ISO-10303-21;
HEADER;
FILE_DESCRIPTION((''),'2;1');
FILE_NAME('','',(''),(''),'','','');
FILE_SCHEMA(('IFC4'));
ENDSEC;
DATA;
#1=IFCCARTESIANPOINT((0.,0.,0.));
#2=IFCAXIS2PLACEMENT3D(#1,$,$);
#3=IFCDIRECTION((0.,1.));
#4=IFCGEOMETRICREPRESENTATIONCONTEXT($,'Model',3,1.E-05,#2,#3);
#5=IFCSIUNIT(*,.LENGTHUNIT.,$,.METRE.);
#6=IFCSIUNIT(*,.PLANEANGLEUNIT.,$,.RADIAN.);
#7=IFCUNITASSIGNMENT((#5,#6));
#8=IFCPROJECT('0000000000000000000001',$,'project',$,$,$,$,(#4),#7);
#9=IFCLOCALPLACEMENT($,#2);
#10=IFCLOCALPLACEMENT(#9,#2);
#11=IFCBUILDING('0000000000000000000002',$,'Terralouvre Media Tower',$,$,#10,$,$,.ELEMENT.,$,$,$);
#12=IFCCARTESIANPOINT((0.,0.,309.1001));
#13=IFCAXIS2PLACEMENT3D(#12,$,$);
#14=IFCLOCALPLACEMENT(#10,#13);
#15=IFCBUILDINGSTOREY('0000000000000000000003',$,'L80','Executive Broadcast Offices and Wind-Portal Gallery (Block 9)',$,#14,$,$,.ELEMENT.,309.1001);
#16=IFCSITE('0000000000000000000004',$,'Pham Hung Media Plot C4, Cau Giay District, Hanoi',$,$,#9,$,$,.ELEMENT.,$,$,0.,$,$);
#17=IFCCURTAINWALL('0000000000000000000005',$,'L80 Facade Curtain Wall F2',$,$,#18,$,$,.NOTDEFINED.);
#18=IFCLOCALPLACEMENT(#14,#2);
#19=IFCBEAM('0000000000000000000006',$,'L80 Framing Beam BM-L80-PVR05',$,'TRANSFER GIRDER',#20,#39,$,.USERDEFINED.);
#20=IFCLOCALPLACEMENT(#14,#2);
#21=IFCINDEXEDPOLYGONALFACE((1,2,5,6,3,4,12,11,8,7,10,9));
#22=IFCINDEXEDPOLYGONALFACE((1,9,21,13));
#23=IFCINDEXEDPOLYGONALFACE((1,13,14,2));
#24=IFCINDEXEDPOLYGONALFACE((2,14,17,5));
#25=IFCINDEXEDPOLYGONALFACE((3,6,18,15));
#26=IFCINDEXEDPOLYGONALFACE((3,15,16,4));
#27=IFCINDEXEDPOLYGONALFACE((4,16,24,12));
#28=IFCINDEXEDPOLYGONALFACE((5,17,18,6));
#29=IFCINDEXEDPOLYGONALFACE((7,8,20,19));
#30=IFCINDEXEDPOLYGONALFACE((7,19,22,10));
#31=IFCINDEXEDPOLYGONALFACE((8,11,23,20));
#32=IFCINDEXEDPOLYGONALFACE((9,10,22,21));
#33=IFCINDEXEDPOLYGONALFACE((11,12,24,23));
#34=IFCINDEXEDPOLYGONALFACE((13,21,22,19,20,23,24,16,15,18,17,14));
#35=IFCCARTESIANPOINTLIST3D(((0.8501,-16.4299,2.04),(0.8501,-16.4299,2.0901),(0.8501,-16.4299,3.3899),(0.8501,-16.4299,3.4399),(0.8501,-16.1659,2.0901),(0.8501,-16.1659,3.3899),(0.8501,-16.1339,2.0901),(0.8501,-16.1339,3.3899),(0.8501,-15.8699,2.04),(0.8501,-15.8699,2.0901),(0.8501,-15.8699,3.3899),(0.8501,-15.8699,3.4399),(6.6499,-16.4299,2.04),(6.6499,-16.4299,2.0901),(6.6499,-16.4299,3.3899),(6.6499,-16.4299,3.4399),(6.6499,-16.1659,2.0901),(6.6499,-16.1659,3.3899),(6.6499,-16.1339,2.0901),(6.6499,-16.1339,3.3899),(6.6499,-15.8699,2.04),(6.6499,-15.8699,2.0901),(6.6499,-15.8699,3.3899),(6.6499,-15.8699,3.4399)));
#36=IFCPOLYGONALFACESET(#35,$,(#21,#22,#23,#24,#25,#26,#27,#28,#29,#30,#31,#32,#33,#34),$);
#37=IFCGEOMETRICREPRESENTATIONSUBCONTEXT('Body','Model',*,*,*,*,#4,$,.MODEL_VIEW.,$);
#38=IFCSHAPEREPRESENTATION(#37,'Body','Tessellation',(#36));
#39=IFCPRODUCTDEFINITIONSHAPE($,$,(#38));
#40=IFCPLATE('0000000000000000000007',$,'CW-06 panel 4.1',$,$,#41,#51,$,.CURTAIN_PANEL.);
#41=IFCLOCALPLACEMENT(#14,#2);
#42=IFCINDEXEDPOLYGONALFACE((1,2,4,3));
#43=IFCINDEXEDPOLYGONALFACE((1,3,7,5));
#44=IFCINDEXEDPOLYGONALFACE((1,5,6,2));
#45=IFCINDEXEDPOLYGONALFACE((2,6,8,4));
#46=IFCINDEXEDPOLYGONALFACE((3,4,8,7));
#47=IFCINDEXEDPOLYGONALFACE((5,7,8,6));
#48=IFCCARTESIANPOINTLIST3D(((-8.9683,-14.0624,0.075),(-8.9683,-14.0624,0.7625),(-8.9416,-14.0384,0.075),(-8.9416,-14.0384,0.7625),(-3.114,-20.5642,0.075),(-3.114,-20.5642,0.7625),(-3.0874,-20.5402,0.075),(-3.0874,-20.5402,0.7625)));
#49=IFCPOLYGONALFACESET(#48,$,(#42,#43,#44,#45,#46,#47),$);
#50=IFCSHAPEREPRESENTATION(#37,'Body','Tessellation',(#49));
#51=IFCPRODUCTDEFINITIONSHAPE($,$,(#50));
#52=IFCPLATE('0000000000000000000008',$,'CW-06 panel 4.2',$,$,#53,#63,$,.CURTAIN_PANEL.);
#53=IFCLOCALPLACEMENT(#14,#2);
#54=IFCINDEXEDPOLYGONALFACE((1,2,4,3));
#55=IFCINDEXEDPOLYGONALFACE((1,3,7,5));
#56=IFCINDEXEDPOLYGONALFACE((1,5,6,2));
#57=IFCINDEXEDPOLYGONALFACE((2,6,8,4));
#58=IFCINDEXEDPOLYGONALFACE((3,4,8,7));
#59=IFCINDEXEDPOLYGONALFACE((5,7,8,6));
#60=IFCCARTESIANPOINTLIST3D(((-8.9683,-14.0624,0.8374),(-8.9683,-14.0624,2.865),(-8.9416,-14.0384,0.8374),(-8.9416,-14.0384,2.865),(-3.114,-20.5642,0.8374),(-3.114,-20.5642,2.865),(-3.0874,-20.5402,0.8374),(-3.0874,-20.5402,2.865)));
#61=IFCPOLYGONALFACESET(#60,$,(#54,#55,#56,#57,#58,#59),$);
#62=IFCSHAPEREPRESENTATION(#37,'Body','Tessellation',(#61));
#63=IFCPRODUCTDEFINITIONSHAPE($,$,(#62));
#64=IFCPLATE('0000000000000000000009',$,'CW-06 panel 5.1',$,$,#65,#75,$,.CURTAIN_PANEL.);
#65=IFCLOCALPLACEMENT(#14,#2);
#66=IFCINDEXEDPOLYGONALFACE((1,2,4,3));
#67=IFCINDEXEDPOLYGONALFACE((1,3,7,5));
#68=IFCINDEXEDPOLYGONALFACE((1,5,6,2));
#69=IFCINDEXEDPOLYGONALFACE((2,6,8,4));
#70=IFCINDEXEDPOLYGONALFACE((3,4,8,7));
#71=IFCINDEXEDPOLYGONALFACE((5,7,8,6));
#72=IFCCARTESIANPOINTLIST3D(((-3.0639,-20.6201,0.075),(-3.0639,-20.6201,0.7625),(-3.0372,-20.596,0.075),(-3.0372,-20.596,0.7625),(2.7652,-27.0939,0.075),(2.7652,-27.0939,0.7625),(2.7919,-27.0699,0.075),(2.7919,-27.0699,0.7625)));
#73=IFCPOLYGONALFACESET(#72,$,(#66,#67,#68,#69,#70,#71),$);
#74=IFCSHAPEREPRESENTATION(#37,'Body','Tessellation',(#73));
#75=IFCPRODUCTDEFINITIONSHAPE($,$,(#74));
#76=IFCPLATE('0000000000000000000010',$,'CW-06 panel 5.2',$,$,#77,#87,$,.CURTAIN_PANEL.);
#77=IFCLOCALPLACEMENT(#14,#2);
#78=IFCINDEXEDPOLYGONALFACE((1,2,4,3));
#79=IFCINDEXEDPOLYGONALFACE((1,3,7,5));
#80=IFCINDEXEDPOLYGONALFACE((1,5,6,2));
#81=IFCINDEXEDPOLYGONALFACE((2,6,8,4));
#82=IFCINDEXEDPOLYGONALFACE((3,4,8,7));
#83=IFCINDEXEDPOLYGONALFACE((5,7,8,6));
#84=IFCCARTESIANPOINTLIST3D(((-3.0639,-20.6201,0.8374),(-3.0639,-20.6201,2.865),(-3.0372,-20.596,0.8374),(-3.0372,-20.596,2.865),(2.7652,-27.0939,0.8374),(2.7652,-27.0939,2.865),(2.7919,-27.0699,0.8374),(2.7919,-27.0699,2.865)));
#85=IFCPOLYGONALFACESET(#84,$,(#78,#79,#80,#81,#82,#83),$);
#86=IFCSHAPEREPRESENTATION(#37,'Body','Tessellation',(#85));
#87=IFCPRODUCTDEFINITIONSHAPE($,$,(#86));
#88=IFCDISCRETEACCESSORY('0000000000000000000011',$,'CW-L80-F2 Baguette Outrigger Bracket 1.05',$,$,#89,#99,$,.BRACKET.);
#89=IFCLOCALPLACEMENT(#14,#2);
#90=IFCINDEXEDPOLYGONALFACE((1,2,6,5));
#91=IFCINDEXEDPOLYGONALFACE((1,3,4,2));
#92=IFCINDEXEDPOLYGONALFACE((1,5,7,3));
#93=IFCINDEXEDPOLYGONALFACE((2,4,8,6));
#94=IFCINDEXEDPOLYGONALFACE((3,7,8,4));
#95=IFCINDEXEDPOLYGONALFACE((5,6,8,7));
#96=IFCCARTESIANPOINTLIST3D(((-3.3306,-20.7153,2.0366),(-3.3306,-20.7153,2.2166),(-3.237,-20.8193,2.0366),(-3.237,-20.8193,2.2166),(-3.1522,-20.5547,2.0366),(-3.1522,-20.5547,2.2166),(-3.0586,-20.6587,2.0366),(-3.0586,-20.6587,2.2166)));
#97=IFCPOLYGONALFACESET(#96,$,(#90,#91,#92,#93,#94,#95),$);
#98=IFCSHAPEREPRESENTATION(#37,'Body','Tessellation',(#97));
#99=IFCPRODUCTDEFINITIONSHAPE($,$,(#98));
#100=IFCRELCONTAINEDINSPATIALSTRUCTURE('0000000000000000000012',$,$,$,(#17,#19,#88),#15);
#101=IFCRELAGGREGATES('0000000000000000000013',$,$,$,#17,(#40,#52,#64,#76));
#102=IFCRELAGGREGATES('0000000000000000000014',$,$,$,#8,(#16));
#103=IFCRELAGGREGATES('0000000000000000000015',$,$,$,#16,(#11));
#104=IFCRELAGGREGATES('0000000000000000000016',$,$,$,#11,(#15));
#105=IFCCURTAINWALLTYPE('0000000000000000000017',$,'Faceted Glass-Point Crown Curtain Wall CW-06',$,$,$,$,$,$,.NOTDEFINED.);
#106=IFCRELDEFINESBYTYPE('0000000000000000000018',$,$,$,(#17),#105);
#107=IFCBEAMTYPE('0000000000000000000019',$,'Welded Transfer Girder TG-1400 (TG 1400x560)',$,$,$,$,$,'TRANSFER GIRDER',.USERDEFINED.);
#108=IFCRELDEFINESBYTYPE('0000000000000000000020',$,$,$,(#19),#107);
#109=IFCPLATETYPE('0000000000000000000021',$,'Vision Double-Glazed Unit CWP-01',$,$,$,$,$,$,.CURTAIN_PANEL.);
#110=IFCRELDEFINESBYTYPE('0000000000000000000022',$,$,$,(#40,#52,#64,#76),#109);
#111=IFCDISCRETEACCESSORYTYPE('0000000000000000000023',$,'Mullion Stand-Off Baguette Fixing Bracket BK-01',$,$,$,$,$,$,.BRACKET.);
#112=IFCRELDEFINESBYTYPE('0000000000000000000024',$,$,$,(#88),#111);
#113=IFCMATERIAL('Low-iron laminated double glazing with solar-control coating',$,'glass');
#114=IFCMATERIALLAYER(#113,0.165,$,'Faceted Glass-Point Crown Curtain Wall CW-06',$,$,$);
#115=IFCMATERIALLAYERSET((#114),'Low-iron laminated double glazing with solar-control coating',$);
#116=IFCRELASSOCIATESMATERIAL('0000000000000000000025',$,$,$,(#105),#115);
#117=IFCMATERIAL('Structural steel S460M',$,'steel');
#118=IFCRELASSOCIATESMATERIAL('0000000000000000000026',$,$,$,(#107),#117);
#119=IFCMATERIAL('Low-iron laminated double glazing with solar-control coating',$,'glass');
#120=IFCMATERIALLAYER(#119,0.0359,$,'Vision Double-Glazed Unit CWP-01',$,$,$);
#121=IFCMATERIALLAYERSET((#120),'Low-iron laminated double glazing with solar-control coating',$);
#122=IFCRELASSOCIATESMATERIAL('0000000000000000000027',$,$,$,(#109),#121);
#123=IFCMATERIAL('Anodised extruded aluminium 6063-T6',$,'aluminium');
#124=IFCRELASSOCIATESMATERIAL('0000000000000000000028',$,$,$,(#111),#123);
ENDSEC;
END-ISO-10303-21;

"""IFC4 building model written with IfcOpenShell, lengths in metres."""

from ifc_helpers import new_model, si_unit, direction, frame, origin, origin_2d, place, context, subcontext, project, spatial, rectangle, i_section, extrude, material, layer, layer_set, material_profile, profile_set, type_object, element, aggregate, save


model = new_model("IFC4")

# Units and contexts
model_context = context("Model", 3, precision=1e-05, world=origin(), true_north=direction((0.0, 1.0)))
body_context = subcontext(model_context, "Body", "Model", "MODEL_VIEW")
ifc_project = project(units=[si_unit("LENGTHUNIT", "METRE"), si_unit("PLANEANGLEUNIT", "RADIAN")], contexts=[model_context])

# Site, building, storey
site_placement = place(None, origin())
site = spatial("IfcSite", under=ifc_project, at=site_placement, Name="Pham Hung Media Plot C4, Cau Giay District, Hanoi", CompositionType="ELEMENT", RefElevation=0.0)
building_placement = place(site_placement, origin())
building = spatial("IfcBuilding", under=site, at=building_placement, Name="Terralouvre Media Tower", CompositionType="ELEMENT")
storey_placement = place(building_placement, frame((0.0, 0.0, 309.1001)))
storey = spatial("IfcBuildingStorey", under=building, at=storey_placement, Name="L80", Description="Executive Broadcast Offices and Wind-Portal Gallery (Block 9)", CompositionType="ELEMENT", Elevation=309.1001)

# Curtain wall
ifc_material_1 = material(Name="Low-iron laminated double glazing with solar-control coating", Category="glass")
ifc_layer_1 = layer(ifc_material_1, 0.165, Name="Faceted Glass-Point Crown Curtain Wall CW-06")
ifc_layer_set_1 = layer_set([ifc_layer_1], Name="Low-iron laminated double glazing with solar-control coating")
curtain_wall_type = type_object("IfcCurtainWallType", Name="Faceted Glass-Point Crown Curtain Wall CW-06", PredefinedType="NOTDEFINED", material=ifc_layer_set_1)
curtain_wall_placement = place(storey_placement, origin())
curtain_wall = element("IfcCurtainWall", 1, at=curtain_wall_placement, inside=storey, type_object=curtain_wall_type, Name="L80 Facade Curtain Wall F2", PredefinedType="NOTDEFINED")

# Beam
ifc_material_2 = material(Name="Structural steel S460M", Category="steel")
ifc_material_profile_1 = material_profile(ifc_material_2, i_section(OverallWidth=0.5601, OverallDepth=1.3999, WebThickness=0.032, FlangeThickness=0.05, at=origin_2d()), Name="TG 1400x560")
ifc_profile_set_1 = profile_set([ifc_material_profile_1], Name="Structural steel S460M")
beam_type = type_object("IfcBeamType", Name="Welded Transfer Girder TG-1400 (TG 1400x560)", ElementType="TRANSFER GIRDER", PredefinedType="USERDEFINED", material=ifc_profile_set_1)
beam_1_placement = place(storey_placement, frame((0.8501, -16.1499, 2.74), z_axis=(1.0, 0.0, 0.0), x_axis=(0.0, 1.0, 0.0)))
element("IfcBeam", 2, at=beam_1_placement, inside=storey, type_object=beam_type, Name="L80 Framing Beam BM-L80-PVR05", ObjectType="TRANSFER GIRDER", PredefinedType="USERDEFINED", context=body_context, shape_type="SweptSolid", body=[
    extrude(i_section(OverallWidth=0.5601, OverallDepth=1.3999, WebThickness=0.032, FlangeThickness=0.05, at=origin_2d()), origin(), (0.0, 0.0, 1.0), 5.7998),
])

# Plates
ifc_material_3 = material(Name="Low-iron laminated double glazing with solar-control coating", Category="glass")
ifc_layer_2 = layer(ifc_material_3, 0.0359, Name="Vision Double-Glazed Unit CWP-01")
ifc_layer_set_2 = layer_set([ifc_layer_2], Name="Low-iron laminated double glazing with solar-control coating")
plate_type = type_object("IfcPlateType", Name="Vision Double-Glazed Unit CWP-01", PredefinedType="CURTAIN_PANEL", material=ifc_layer_set_2)
plate_1_placement = place(storey_placement, frame((-6.0278, -17.3013, 0.075), z_axis=(0.0, 0.0, 1.0), x_axis=(0.669131, -0.743145, 0.0)))
plate_1 = element("IfcPlate", 3, at=plate_1_placement, type_object=plate_type, Name="CW-06 panel 4.1", PredefinedType="CURTAIN_PANEL", context=body_context, shape_type="SweptSolid", body=[
    extrude(rectangle(XDim=8.749, YDim=0.0359, at=origin_2d()), origin(), (0.0, 0.0, 1.0), 0.6875),
])
plate_2_placement = place(storey_placement, frame((-6.0278, -17.3013, 0.8374), z_axis=(0.0, 0.0, 1.0), x_axis=(0.669131, -0.743145, 0.0)))
plate_2 = element("IfcPlate", 4, at=plate_2_placement, type_object=plate_type, Name="CW-06 panel 4.2", PredefinedType="CURTAIN_PANEL", context=body_context, shape_type="SweptSolid", body=[
    extrude(rectangle(XDim=8.749, YDim=0.0359, at=origin_2d()), origin(), (0.0, 0.0, 1.0), 2.0276),
])
plate_3_placement = place(storey_placement, frame((-0.136, -23.845, 0.075), z_axis=(0.0, 0.0, 1.0), x_axis=(0.669131, -0.743145, 0.0)))
plate_3 = element("IfcPlate", 5, at=plate_3_placement, type_object=plate_type, Name="CW-06 panel 5.1", PredefinedType="CURTAIN_PANEL", context=body_context, shape_type="SweptSolid", body=[
    extrude(rectangle(XDim=8.7114, YDim=0.0359, at=origin_2d()), origin(), (0.0, 0.0, 1.0), 0.6875),
])
plate_4_placement = place(storey_placement, frame((-0.136, -23.845, 0.8374), z_axis=(0.0, 0.0, 1.0), x_axis=(0.669131, -0.743145, 0.0)))
plate_4 = element("IfcPlate", 6, at=plate_4_placement, type_object=plate_type, Name="CW-06 panel 5.2", PredefinedType="CURTAIN_PANEL", context=body_context, shape_type="SweptSolid", body=[
    extrude(rectangle(XDim=8.7114, YDim=0.0359, at=origin_2d()), origin(), (0.0, 0.0, 1.0), 2.0276),
])
aggregate(curtain_wall, [plate_1, plate_2, plate_3, plate_4])

# Discrete accessory
ifc_material_4 = material(Name="Anodised extruded aluminium 6063-T6", Category="aluminium")
discrete_accessory_type = type_object("IfcDiscreteAccessoryType", Name="Mullion Stand-Off Baguette Fixing Bracket BK-01", PredefinedType="BRACKET", material=ifc_material_4)
discrete_accessory_placement = place(storey_placement, frame((-3.1946, -20.687, 2.0366), z_axis=(0.0, 0.0, 1.0), x_axis=(0.669131, -0.743145, 0.0)))
element("IfcDiscreteAccessory", 7, at=discrete_accessory_placement, inside=storey, type_object=discrete_accessory_type, Name="CW-L80-F2 Baguette Outrigger Bracket 1.05", PredefinedType="BRACKET", context=body_context, shape_type="SweptSolid", body=[
    extrude(rectangle(XDim=0.1399, YDim=0.24, at=origin_2d()), origin(), (0.0, 0.0, 1.0), 0.1799),
])

save(model, "model.ifc")
